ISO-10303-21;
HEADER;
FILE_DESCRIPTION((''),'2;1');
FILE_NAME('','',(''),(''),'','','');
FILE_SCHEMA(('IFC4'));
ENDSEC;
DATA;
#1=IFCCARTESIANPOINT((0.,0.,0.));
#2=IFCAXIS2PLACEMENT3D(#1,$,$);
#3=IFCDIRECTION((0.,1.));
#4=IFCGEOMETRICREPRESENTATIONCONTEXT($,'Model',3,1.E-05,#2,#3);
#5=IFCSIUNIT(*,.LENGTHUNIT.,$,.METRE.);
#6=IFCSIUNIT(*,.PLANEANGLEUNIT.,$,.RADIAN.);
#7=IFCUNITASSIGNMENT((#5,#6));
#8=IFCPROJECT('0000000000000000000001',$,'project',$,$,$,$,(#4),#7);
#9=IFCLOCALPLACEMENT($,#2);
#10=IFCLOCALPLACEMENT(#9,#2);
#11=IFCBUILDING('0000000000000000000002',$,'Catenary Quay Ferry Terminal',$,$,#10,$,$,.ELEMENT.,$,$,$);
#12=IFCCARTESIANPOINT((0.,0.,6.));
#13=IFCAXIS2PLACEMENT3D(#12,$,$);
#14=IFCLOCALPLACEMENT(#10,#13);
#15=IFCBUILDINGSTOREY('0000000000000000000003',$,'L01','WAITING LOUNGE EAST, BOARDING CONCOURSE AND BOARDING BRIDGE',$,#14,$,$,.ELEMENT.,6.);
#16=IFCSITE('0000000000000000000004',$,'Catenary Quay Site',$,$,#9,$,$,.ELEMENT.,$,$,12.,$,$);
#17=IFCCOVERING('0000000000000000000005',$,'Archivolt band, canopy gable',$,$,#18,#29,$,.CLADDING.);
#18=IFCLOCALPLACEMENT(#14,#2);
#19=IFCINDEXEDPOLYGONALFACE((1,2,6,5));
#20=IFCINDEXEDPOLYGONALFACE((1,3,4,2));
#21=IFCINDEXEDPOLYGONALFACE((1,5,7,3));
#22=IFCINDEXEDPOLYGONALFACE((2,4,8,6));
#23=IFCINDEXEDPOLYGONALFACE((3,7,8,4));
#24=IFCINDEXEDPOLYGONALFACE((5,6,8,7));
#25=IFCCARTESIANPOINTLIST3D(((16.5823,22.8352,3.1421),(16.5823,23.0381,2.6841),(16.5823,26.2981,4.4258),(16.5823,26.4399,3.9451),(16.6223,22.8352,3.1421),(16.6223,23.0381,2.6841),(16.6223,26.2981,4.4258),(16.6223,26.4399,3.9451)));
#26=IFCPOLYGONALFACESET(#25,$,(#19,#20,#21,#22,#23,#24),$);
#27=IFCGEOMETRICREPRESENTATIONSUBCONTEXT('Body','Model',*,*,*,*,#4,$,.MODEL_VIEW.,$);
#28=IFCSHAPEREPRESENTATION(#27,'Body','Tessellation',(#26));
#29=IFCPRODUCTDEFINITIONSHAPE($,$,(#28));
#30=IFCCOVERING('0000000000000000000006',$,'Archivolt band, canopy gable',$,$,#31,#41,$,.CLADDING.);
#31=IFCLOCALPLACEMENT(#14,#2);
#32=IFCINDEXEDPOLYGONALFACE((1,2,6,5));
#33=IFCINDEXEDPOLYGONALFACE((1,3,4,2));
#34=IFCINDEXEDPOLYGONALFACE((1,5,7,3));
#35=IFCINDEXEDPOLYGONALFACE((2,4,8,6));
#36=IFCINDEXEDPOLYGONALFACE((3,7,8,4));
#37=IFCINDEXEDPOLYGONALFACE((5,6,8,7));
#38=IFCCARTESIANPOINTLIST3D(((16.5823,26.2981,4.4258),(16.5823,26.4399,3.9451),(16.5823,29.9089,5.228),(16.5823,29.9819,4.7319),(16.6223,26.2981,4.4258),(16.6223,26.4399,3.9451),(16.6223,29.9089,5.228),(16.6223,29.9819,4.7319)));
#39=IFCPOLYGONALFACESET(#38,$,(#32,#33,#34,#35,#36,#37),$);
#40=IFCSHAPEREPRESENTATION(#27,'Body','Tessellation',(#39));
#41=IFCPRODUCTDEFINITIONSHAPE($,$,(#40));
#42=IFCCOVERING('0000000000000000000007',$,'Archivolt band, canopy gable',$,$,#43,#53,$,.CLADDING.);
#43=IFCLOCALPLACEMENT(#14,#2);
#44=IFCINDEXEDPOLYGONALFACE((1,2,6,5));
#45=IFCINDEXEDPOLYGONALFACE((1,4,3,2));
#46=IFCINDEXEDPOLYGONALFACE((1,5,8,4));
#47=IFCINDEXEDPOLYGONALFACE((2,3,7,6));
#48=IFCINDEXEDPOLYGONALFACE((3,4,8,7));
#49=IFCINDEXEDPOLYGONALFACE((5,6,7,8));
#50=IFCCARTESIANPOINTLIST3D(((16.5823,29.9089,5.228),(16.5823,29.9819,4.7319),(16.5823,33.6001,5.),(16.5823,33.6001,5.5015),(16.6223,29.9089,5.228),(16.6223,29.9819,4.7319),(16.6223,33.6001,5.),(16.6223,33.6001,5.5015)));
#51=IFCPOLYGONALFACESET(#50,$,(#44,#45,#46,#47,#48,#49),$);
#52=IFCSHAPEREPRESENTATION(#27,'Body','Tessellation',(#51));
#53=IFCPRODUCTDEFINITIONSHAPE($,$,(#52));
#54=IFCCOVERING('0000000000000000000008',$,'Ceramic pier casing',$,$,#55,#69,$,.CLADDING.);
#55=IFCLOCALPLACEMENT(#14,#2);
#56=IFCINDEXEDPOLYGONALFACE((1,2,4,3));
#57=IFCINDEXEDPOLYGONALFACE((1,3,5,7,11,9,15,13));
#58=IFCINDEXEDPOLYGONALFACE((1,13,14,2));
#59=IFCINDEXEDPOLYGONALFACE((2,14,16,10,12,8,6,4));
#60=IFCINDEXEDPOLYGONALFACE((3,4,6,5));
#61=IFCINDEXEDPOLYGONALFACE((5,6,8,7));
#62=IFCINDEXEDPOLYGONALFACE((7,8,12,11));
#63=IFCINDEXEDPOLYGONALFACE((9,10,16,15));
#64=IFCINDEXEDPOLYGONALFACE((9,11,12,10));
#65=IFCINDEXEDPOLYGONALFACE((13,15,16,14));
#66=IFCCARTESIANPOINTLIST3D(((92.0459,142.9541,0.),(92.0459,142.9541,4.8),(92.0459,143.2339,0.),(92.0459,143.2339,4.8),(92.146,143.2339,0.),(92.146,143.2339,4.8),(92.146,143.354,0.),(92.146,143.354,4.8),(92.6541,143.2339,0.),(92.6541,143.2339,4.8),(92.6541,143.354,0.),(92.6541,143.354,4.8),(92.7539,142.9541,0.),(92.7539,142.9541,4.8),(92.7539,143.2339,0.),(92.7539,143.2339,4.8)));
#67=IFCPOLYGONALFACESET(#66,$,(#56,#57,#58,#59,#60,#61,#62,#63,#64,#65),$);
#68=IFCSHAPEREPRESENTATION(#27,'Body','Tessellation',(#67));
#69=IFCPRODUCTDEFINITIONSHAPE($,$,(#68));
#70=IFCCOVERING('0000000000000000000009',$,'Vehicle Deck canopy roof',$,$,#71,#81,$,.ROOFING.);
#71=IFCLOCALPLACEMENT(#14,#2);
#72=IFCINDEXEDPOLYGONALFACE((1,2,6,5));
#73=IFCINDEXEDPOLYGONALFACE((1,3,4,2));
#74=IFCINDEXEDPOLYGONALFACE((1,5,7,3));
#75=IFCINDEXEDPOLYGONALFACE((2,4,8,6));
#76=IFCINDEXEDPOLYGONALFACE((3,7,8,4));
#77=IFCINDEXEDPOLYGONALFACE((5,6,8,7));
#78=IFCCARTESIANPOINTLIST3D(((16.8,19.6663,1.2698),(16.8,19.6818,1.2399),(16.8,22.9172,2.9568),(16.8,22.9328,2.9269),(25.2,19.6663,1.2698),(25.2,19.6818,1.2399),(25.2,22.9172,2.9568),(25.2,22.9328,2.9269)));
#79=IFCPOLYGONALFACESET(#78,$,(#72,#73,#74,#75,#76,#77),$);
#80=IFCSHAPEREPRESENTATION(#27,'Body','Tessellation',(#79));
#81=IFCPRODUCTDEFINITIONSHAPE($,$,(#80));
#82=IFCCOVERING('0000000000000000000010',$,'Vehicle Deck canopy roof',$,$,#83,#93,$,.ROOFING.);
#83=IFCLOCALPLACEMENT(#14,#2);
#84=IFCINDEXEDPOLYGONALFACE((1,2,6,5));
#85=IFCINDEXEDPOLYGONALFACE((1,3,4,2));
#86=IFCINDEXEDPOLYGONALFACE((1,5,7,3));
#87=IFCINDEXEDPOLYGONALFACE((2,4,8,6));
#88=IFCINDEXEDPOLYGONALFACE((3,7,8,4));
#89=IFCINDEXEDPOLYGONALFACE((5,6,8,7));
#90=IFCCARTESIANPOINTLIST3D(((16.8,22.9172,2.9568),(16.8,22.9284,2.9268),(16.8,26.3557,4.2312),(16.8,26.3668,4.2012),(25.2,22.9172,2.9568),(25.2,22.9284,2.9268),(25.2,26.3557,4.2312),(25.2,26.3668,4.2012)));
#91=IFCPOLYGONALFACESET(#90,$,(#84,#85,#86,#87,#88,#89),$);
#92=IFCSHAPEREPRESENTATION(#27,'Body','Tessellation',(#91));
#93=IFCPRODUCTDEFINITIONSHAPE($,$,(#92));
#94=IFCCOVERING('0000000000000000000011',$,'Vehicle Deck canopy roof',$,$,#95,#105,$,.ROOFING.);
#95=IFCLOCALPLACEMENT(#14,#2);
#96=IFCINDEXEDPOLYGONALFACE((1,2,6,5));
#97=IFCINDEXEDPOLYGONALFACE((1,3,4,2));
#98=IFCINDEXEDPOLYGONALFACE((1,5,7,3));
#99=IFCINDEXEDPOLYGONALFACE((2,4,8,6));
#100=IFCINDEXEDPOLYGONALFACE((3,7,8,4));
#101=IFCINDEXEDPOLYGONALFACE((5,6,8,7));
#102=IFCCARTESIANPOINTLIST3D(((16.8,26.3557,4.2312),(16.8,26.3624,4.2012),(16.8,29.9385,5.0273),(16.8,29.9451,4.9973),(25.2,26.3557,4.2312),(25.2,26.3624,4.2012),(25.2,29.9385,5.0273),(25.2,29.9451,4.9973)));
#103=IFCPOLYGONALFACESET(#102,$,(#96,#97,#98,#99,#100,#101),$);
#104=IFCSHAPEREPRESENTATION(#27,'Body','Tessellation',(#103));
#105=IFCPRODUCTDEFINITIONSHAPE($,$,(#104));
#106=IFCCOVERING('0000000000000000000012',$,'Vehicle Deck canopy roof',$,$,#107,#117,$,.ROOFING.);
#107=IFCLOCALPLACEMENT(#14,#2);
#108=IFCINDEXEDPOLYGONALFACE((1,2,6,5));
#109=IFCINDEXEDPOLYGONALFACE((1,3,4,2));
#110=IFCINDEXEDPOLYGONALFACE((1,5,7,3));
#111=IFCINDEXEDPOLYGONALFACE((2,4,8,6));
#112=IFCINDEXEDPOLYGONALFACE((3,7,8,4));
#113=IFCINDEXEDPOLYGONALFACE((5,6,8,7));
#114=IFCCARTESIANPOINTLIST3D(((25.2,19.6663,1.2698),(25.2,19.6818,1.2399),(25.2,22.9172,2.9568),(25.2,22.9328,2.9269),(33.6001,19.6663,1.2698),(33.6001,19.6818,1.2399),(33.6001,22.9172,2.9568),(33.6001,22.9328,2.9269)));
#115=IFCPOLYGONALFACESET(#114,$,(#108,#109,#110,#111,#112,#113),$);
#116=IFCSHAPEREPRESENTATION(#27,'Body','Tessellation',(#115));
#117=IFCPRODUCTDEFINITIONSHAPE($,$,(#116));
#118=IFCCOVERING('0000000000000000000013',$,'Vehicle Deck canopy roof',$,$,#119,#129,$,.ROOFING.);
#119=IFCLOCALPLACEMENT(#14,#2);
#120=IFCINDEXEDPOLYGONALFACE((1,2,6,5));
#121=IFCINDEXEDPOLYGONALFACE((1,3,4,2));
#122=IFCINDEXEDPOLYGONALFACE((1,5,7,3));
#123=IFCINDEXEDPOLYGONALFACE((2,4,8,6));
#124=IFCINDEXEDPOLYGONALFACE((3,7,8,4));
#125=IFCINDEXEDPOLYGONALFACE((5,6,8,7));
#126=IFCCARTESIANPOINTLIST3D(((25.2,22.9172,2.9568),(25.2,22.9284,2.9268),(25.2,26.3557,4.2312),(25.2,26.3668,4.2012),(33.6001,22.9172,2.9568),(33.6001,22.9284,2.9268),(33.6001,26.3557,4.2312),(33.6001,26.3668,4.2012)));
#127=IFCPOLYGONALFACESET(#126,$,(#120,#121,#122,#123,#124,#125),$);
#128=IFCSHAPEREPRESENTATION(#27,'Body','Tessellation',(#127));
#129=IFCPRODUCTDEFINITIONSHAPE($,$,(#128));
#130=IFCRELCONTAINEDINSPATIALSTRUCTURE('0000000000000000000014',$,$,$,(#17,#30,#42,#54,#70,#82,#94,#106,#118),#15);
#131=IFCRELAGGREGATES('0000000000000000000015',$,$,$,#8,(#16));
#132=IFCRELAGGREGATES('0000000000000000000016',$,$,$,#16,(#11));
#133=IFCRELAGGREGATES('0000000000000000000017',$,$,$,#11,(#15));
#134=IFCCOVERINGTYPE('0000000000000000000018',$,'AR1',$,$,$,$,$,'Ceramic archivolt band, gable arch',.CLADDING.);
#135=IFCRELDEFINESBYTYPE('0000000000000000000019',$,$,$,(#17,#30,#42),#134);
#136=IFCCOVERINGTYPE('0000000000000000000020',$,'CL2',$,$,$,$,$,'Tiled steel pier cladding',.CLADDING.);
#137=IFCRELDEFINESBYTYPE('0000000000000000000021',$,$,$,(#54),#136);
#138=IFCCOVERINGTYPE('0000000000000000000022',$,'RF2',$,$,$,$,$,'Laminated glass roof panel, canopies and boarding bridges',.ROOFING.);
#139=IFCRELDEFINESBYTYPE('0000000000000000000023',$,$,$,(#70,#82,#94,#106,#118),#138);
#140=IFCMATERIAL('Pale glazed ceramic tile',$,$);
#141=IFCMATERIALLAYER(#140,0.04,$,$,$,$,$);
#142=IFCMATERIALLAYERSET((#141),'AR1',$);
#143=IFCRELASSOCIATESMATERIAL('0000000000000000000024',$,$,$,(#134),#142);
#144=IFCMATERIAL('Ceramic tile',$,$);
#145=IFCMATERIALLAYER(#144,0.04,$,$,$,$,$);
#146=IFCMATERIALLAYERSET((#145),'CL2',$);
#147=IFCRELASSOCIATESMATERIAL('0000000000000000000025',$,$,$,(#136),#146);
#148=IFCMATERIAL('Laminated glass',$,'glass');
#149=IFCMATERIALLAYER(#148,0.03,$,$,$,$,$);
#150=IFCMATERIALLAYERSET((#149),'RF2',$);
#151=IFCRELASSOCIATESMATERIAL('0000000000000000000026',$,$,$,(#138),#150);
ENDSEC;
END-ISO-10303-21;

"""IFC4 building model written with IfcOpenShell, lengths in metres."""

from ifc_helpers import new_model, si_unit, direction, frame, origin, place, context, subcontext, project, spatial, polyline, outline, extrude, material, layer, layer_set, type_object, element, save


model = new_model("IFC4")

# Units and contexts
model_context = context("Model", 3, precision=1e-05, world=origin(), true_north=direction((0.0, 1.0)))
body_context = subcontext(model_context, "Body", "Model", "MODEL_VIEW")
ifc_project = project(units=[si_unit("LENGTHUNIT", "METRE"), si_unit("PLANEANGLEUNIT", "RADIAN")], contexts=[model_context])

# Site, building, storey
site_placement = place(None, origin())
site = spatial("IfcSite", under=ifc_project, at=site_placement, Name="Catenary Quay Site", CompositionType="ELEMENT", RefElevation=12.0)
building_placement = place(site_placement, origin())
building = spatial("IfcBuilding", under=site, at=building_placement, Name="Catenary Quay Ferry Terminal", CompositionType="ELEMENT")
storey_placement = place(building_placement, frame((0.0, 0.0, 6.0)))
storey = spatial("IfcBuildingStorey", under=building, at=storey_placement, Name="L01", Description="WAITING LOUNGE EAST, BOARDING CONCOURSE AND BOARDING BRIDGE", CompositionType="ELEMENT", Elevation=6.0)

# Coverings
ifc_material_1 = material(Name="Pale glazed ceramic tile")
ifc_layer_1 = layer(ifc_material_1, 0.04)
ifc_layer_set_1 = layer_set([ifc_layer_1], Name="AR1")
covering_type_1 = type_object("IfcCoveringType", Name="AR1", ElementType="Ceramic archivolt band, gable arch", PredefinedType="CLADDING", material=ifc_layer_set_1)
covering_1_placement = place(storey_placement, frame((16.6223, 23.0381, 2.6841), z_axis=(1.0, 0.0, 0.0), x_axis=(0.0, 0.937655, 0.347566)))
element("IfcCovering", 1, at=covering_1_placement, inside=storey, type_object=covering_type_1, Name="Archivolt band, canopy gable", PredefinedType="CLADDING", context=body_context, shape_type="SweptSolid", body=[
    extrude(outline(polyline([(0.0, 0.0), (3.628, 0.0), (3.6621, 0.5), (-0.031, 0.5), (0.0, 0.0)])), origin(), (0.0, 0.0, -1.0), 0.04),
])
covering_2_placement = place(storey_placement, frame((16.6223, 26.4399, 3.9451), z_axis=(1.0, 0.0, 0.0), x_axis=(0.0, 0.976201, 0.216866)))
element("IfcCovering", 2, at=covering_2_placement, inside=storey, type_object=covering_type_1, Name="Archivolt band, canopy gable", PredefinedType="CLADDING", context=body_context, shape_type="SweptSolid", body=[
    extrude(outline(polyline([(0.0, 0.0), (3.6283, 0.0), (3.6647, 0.5001), (-0.0342, 0.5), (0.0, 0.0)])), origin(), (0.0, 0.0, -1.0), 0.04),
])
covering_3_placement = place(storey_placement, frame((16.6223, 29.9819, 4.7319), z_axis=(1.0, 0.0, 0.0), x_axis=(0.0, 0.997267, 0.073887)))
element("IfcCovering", 3, at=covering_3_placement, inside=storey, type_object=covering_type_1, Name="Archivolt band, canopy gable", PredefinedType="CLADDING", context=body_context, shape_type="SweptSolid", body=[
    extrude(outline(polyline([(0.0, 0.0), (3.6281, 0.0), (3.6651, 0.5001), (-0.0361, 0.5001), (0.0, 0.0)])), origin(), (0.0, 0.0, -1.0), 0.04),
])
ifc_material_2 = material(Name="Ceramic tile")
ifc_layer_2 = layer(ifc_material_2, 0.04)
ifc_layer_set_2 = layer_set([ifc_layer_2], Name="CL2")
covering_type_2 = type_object("IfcCoveringType", Name="CL2", ElementType="Tiled steel pier cladding", PredefinedType="CLADDING", material=ifc_layer_set_2)
covering_4_placement = place(storey_placement, origin())
element("IfcCovering", 4, at=covering_4_placement, inside=storey, type_object=covering_type_2, Name="Ceramic pier casing", PredefinedType="CLADDING", context=body_context, shape_type="SweptSolid", body=[
    extrude(outline(polyline([(92.7539, 142.9541), (92.7539, 143.2339), (92.6541, 143.2339), (92.6541, 143.354), (92.146, 143.354), (92.146, 143.2339), (92.0459, 143.2339), (92.0459, 142.9541), (92.7539, 142.9541)])), origin(), (0.0, 0.0, 1.0), 4.8),
])
ifc_material_3 = material(Name="Laminated glass", Category="glass")
ifc_layer_3 = layer(ifc_material_3, 0.03)
ifc_layer_set_3 = layer_set([ifc_layer_3], Name="RF2")
covering_type_3 = type_object("IfcCoveringType", Name="RF2", ElementType="Laminated glass roof panel, canopies and boarding bridges", PredefinedType="ROOFING", material=ifc_layer_set_3)
covering_5_placement = place(storey_placement, frame((16.8, 19.6663, 1.2698), z_axis=(0.0, -0.460601, 0.887607), x_axis=(1.0, 0.0, 0.0)))
element("IfcCovering", 5, at=covering_5_placement, inside=storey, type_object=covering_type_3, Name="Vehicle Deck canopy roof", PredefinedType="ROOFING", context=body_context, shape_type="SweptSolid", body=[
    extrude(outline(polyline([(0.0, 0.0), (8.3999, 0.0), (8.3999, 3.6626), (0.0, 3.6626), (0.0, 0.0)])), origin(), (0.0, 0.0, -1.0), 0.0337),
])
covering_6_placement = place(storey_placement, frame((16.8, 22.9172, 2.9568), z_axis=(0.0, -0.347531, 0.937668), x_axis=(1.0, 0.0, 0.0)))
element("IfcCovering", 6, at=covering_6_placement, inside=storey, type_object=covering_type_3, Name="Vehicle Deck canopy roof", PredefinedType="ROOFING", context=body_context, shape_type="SweptSolid", body=[
    extrude(outline(polyline([(0.0, 0.0), (8.3999, 0.0), (8.3999, 3.667), (0.0, 3.667), (0.0, 0.0)])), origin(), (0.0, 0.0, -1.0), 0.032),
])
covering_7_placement = place(storey_placement, frame((16.8, 26.3557, 4.2312), z_axis=(0.0, -0.216923, 0.976189), x_axis=(1.0, 0.0, 0.0)))
element("IfcCovering", 7, at=covering_7_placement, inside=storey, type_object=covering_type_3, Name="Vehicle Deck canopy roof", PredefinedType="ROOFING", context=body_context, shape_type="SweptSolid", body=[
    extrude(outline(polyline([(0.0, 0.0), (8.3999, 0.0), (8.3999, 3.6702), (0.0, 3.6702), (0.0, 0.0)])), origin(), (0.0, 0.0, -1.0), 0.0308),
])
covering_8_placement = place(storey_placement, frame((25.2, 19.6663, 1.2698), z_axis=(0.0, -0.460601, 0.887607), x_axis=(1.0, 0.0, 0.0)))
element("IfcCovering", 8, at=covering_8_placement, inside=storey, type_object=covering_type_3, Name="Vehicle Deck canopy roof", PredefinedType="ROOFING", context=body_context, shape_type="SweptSolid", body=[
    extrude(outline(polyline([(0.0, 0.0), (8.4001, 0.0), (8.4001, 3.6626), (0.0, 3.6626), (0.0, 0.0)])), origin(), (0.0, 0.0, -1.0), 0.0337),
])
covering_9_placement = place(storey_placement, frame((25.2, 22.9172, 2.9568), z_axis=(0.0, -0.347531, 0.937668), x_axis=(1.0, 0.0, 0.0)))
element("IfcCovering", 9, at=covering_9_placement, inside=storey, type_object=covering_type_3, Name="Vehicle Deck canopy roof", PredefinedType="ROOFING", context=body_context, shape_type="SweptSolid", body=[
    extrude(outline(polyline([(0.0, 0.0), (8.4001, 0.0), (8.4001, 3.667), (0.0, 3.667), (0.0, 0.0)])), origin(), (0.0, 0.0, -1.0), 0.032),
])

save(model, "model.ifc")
